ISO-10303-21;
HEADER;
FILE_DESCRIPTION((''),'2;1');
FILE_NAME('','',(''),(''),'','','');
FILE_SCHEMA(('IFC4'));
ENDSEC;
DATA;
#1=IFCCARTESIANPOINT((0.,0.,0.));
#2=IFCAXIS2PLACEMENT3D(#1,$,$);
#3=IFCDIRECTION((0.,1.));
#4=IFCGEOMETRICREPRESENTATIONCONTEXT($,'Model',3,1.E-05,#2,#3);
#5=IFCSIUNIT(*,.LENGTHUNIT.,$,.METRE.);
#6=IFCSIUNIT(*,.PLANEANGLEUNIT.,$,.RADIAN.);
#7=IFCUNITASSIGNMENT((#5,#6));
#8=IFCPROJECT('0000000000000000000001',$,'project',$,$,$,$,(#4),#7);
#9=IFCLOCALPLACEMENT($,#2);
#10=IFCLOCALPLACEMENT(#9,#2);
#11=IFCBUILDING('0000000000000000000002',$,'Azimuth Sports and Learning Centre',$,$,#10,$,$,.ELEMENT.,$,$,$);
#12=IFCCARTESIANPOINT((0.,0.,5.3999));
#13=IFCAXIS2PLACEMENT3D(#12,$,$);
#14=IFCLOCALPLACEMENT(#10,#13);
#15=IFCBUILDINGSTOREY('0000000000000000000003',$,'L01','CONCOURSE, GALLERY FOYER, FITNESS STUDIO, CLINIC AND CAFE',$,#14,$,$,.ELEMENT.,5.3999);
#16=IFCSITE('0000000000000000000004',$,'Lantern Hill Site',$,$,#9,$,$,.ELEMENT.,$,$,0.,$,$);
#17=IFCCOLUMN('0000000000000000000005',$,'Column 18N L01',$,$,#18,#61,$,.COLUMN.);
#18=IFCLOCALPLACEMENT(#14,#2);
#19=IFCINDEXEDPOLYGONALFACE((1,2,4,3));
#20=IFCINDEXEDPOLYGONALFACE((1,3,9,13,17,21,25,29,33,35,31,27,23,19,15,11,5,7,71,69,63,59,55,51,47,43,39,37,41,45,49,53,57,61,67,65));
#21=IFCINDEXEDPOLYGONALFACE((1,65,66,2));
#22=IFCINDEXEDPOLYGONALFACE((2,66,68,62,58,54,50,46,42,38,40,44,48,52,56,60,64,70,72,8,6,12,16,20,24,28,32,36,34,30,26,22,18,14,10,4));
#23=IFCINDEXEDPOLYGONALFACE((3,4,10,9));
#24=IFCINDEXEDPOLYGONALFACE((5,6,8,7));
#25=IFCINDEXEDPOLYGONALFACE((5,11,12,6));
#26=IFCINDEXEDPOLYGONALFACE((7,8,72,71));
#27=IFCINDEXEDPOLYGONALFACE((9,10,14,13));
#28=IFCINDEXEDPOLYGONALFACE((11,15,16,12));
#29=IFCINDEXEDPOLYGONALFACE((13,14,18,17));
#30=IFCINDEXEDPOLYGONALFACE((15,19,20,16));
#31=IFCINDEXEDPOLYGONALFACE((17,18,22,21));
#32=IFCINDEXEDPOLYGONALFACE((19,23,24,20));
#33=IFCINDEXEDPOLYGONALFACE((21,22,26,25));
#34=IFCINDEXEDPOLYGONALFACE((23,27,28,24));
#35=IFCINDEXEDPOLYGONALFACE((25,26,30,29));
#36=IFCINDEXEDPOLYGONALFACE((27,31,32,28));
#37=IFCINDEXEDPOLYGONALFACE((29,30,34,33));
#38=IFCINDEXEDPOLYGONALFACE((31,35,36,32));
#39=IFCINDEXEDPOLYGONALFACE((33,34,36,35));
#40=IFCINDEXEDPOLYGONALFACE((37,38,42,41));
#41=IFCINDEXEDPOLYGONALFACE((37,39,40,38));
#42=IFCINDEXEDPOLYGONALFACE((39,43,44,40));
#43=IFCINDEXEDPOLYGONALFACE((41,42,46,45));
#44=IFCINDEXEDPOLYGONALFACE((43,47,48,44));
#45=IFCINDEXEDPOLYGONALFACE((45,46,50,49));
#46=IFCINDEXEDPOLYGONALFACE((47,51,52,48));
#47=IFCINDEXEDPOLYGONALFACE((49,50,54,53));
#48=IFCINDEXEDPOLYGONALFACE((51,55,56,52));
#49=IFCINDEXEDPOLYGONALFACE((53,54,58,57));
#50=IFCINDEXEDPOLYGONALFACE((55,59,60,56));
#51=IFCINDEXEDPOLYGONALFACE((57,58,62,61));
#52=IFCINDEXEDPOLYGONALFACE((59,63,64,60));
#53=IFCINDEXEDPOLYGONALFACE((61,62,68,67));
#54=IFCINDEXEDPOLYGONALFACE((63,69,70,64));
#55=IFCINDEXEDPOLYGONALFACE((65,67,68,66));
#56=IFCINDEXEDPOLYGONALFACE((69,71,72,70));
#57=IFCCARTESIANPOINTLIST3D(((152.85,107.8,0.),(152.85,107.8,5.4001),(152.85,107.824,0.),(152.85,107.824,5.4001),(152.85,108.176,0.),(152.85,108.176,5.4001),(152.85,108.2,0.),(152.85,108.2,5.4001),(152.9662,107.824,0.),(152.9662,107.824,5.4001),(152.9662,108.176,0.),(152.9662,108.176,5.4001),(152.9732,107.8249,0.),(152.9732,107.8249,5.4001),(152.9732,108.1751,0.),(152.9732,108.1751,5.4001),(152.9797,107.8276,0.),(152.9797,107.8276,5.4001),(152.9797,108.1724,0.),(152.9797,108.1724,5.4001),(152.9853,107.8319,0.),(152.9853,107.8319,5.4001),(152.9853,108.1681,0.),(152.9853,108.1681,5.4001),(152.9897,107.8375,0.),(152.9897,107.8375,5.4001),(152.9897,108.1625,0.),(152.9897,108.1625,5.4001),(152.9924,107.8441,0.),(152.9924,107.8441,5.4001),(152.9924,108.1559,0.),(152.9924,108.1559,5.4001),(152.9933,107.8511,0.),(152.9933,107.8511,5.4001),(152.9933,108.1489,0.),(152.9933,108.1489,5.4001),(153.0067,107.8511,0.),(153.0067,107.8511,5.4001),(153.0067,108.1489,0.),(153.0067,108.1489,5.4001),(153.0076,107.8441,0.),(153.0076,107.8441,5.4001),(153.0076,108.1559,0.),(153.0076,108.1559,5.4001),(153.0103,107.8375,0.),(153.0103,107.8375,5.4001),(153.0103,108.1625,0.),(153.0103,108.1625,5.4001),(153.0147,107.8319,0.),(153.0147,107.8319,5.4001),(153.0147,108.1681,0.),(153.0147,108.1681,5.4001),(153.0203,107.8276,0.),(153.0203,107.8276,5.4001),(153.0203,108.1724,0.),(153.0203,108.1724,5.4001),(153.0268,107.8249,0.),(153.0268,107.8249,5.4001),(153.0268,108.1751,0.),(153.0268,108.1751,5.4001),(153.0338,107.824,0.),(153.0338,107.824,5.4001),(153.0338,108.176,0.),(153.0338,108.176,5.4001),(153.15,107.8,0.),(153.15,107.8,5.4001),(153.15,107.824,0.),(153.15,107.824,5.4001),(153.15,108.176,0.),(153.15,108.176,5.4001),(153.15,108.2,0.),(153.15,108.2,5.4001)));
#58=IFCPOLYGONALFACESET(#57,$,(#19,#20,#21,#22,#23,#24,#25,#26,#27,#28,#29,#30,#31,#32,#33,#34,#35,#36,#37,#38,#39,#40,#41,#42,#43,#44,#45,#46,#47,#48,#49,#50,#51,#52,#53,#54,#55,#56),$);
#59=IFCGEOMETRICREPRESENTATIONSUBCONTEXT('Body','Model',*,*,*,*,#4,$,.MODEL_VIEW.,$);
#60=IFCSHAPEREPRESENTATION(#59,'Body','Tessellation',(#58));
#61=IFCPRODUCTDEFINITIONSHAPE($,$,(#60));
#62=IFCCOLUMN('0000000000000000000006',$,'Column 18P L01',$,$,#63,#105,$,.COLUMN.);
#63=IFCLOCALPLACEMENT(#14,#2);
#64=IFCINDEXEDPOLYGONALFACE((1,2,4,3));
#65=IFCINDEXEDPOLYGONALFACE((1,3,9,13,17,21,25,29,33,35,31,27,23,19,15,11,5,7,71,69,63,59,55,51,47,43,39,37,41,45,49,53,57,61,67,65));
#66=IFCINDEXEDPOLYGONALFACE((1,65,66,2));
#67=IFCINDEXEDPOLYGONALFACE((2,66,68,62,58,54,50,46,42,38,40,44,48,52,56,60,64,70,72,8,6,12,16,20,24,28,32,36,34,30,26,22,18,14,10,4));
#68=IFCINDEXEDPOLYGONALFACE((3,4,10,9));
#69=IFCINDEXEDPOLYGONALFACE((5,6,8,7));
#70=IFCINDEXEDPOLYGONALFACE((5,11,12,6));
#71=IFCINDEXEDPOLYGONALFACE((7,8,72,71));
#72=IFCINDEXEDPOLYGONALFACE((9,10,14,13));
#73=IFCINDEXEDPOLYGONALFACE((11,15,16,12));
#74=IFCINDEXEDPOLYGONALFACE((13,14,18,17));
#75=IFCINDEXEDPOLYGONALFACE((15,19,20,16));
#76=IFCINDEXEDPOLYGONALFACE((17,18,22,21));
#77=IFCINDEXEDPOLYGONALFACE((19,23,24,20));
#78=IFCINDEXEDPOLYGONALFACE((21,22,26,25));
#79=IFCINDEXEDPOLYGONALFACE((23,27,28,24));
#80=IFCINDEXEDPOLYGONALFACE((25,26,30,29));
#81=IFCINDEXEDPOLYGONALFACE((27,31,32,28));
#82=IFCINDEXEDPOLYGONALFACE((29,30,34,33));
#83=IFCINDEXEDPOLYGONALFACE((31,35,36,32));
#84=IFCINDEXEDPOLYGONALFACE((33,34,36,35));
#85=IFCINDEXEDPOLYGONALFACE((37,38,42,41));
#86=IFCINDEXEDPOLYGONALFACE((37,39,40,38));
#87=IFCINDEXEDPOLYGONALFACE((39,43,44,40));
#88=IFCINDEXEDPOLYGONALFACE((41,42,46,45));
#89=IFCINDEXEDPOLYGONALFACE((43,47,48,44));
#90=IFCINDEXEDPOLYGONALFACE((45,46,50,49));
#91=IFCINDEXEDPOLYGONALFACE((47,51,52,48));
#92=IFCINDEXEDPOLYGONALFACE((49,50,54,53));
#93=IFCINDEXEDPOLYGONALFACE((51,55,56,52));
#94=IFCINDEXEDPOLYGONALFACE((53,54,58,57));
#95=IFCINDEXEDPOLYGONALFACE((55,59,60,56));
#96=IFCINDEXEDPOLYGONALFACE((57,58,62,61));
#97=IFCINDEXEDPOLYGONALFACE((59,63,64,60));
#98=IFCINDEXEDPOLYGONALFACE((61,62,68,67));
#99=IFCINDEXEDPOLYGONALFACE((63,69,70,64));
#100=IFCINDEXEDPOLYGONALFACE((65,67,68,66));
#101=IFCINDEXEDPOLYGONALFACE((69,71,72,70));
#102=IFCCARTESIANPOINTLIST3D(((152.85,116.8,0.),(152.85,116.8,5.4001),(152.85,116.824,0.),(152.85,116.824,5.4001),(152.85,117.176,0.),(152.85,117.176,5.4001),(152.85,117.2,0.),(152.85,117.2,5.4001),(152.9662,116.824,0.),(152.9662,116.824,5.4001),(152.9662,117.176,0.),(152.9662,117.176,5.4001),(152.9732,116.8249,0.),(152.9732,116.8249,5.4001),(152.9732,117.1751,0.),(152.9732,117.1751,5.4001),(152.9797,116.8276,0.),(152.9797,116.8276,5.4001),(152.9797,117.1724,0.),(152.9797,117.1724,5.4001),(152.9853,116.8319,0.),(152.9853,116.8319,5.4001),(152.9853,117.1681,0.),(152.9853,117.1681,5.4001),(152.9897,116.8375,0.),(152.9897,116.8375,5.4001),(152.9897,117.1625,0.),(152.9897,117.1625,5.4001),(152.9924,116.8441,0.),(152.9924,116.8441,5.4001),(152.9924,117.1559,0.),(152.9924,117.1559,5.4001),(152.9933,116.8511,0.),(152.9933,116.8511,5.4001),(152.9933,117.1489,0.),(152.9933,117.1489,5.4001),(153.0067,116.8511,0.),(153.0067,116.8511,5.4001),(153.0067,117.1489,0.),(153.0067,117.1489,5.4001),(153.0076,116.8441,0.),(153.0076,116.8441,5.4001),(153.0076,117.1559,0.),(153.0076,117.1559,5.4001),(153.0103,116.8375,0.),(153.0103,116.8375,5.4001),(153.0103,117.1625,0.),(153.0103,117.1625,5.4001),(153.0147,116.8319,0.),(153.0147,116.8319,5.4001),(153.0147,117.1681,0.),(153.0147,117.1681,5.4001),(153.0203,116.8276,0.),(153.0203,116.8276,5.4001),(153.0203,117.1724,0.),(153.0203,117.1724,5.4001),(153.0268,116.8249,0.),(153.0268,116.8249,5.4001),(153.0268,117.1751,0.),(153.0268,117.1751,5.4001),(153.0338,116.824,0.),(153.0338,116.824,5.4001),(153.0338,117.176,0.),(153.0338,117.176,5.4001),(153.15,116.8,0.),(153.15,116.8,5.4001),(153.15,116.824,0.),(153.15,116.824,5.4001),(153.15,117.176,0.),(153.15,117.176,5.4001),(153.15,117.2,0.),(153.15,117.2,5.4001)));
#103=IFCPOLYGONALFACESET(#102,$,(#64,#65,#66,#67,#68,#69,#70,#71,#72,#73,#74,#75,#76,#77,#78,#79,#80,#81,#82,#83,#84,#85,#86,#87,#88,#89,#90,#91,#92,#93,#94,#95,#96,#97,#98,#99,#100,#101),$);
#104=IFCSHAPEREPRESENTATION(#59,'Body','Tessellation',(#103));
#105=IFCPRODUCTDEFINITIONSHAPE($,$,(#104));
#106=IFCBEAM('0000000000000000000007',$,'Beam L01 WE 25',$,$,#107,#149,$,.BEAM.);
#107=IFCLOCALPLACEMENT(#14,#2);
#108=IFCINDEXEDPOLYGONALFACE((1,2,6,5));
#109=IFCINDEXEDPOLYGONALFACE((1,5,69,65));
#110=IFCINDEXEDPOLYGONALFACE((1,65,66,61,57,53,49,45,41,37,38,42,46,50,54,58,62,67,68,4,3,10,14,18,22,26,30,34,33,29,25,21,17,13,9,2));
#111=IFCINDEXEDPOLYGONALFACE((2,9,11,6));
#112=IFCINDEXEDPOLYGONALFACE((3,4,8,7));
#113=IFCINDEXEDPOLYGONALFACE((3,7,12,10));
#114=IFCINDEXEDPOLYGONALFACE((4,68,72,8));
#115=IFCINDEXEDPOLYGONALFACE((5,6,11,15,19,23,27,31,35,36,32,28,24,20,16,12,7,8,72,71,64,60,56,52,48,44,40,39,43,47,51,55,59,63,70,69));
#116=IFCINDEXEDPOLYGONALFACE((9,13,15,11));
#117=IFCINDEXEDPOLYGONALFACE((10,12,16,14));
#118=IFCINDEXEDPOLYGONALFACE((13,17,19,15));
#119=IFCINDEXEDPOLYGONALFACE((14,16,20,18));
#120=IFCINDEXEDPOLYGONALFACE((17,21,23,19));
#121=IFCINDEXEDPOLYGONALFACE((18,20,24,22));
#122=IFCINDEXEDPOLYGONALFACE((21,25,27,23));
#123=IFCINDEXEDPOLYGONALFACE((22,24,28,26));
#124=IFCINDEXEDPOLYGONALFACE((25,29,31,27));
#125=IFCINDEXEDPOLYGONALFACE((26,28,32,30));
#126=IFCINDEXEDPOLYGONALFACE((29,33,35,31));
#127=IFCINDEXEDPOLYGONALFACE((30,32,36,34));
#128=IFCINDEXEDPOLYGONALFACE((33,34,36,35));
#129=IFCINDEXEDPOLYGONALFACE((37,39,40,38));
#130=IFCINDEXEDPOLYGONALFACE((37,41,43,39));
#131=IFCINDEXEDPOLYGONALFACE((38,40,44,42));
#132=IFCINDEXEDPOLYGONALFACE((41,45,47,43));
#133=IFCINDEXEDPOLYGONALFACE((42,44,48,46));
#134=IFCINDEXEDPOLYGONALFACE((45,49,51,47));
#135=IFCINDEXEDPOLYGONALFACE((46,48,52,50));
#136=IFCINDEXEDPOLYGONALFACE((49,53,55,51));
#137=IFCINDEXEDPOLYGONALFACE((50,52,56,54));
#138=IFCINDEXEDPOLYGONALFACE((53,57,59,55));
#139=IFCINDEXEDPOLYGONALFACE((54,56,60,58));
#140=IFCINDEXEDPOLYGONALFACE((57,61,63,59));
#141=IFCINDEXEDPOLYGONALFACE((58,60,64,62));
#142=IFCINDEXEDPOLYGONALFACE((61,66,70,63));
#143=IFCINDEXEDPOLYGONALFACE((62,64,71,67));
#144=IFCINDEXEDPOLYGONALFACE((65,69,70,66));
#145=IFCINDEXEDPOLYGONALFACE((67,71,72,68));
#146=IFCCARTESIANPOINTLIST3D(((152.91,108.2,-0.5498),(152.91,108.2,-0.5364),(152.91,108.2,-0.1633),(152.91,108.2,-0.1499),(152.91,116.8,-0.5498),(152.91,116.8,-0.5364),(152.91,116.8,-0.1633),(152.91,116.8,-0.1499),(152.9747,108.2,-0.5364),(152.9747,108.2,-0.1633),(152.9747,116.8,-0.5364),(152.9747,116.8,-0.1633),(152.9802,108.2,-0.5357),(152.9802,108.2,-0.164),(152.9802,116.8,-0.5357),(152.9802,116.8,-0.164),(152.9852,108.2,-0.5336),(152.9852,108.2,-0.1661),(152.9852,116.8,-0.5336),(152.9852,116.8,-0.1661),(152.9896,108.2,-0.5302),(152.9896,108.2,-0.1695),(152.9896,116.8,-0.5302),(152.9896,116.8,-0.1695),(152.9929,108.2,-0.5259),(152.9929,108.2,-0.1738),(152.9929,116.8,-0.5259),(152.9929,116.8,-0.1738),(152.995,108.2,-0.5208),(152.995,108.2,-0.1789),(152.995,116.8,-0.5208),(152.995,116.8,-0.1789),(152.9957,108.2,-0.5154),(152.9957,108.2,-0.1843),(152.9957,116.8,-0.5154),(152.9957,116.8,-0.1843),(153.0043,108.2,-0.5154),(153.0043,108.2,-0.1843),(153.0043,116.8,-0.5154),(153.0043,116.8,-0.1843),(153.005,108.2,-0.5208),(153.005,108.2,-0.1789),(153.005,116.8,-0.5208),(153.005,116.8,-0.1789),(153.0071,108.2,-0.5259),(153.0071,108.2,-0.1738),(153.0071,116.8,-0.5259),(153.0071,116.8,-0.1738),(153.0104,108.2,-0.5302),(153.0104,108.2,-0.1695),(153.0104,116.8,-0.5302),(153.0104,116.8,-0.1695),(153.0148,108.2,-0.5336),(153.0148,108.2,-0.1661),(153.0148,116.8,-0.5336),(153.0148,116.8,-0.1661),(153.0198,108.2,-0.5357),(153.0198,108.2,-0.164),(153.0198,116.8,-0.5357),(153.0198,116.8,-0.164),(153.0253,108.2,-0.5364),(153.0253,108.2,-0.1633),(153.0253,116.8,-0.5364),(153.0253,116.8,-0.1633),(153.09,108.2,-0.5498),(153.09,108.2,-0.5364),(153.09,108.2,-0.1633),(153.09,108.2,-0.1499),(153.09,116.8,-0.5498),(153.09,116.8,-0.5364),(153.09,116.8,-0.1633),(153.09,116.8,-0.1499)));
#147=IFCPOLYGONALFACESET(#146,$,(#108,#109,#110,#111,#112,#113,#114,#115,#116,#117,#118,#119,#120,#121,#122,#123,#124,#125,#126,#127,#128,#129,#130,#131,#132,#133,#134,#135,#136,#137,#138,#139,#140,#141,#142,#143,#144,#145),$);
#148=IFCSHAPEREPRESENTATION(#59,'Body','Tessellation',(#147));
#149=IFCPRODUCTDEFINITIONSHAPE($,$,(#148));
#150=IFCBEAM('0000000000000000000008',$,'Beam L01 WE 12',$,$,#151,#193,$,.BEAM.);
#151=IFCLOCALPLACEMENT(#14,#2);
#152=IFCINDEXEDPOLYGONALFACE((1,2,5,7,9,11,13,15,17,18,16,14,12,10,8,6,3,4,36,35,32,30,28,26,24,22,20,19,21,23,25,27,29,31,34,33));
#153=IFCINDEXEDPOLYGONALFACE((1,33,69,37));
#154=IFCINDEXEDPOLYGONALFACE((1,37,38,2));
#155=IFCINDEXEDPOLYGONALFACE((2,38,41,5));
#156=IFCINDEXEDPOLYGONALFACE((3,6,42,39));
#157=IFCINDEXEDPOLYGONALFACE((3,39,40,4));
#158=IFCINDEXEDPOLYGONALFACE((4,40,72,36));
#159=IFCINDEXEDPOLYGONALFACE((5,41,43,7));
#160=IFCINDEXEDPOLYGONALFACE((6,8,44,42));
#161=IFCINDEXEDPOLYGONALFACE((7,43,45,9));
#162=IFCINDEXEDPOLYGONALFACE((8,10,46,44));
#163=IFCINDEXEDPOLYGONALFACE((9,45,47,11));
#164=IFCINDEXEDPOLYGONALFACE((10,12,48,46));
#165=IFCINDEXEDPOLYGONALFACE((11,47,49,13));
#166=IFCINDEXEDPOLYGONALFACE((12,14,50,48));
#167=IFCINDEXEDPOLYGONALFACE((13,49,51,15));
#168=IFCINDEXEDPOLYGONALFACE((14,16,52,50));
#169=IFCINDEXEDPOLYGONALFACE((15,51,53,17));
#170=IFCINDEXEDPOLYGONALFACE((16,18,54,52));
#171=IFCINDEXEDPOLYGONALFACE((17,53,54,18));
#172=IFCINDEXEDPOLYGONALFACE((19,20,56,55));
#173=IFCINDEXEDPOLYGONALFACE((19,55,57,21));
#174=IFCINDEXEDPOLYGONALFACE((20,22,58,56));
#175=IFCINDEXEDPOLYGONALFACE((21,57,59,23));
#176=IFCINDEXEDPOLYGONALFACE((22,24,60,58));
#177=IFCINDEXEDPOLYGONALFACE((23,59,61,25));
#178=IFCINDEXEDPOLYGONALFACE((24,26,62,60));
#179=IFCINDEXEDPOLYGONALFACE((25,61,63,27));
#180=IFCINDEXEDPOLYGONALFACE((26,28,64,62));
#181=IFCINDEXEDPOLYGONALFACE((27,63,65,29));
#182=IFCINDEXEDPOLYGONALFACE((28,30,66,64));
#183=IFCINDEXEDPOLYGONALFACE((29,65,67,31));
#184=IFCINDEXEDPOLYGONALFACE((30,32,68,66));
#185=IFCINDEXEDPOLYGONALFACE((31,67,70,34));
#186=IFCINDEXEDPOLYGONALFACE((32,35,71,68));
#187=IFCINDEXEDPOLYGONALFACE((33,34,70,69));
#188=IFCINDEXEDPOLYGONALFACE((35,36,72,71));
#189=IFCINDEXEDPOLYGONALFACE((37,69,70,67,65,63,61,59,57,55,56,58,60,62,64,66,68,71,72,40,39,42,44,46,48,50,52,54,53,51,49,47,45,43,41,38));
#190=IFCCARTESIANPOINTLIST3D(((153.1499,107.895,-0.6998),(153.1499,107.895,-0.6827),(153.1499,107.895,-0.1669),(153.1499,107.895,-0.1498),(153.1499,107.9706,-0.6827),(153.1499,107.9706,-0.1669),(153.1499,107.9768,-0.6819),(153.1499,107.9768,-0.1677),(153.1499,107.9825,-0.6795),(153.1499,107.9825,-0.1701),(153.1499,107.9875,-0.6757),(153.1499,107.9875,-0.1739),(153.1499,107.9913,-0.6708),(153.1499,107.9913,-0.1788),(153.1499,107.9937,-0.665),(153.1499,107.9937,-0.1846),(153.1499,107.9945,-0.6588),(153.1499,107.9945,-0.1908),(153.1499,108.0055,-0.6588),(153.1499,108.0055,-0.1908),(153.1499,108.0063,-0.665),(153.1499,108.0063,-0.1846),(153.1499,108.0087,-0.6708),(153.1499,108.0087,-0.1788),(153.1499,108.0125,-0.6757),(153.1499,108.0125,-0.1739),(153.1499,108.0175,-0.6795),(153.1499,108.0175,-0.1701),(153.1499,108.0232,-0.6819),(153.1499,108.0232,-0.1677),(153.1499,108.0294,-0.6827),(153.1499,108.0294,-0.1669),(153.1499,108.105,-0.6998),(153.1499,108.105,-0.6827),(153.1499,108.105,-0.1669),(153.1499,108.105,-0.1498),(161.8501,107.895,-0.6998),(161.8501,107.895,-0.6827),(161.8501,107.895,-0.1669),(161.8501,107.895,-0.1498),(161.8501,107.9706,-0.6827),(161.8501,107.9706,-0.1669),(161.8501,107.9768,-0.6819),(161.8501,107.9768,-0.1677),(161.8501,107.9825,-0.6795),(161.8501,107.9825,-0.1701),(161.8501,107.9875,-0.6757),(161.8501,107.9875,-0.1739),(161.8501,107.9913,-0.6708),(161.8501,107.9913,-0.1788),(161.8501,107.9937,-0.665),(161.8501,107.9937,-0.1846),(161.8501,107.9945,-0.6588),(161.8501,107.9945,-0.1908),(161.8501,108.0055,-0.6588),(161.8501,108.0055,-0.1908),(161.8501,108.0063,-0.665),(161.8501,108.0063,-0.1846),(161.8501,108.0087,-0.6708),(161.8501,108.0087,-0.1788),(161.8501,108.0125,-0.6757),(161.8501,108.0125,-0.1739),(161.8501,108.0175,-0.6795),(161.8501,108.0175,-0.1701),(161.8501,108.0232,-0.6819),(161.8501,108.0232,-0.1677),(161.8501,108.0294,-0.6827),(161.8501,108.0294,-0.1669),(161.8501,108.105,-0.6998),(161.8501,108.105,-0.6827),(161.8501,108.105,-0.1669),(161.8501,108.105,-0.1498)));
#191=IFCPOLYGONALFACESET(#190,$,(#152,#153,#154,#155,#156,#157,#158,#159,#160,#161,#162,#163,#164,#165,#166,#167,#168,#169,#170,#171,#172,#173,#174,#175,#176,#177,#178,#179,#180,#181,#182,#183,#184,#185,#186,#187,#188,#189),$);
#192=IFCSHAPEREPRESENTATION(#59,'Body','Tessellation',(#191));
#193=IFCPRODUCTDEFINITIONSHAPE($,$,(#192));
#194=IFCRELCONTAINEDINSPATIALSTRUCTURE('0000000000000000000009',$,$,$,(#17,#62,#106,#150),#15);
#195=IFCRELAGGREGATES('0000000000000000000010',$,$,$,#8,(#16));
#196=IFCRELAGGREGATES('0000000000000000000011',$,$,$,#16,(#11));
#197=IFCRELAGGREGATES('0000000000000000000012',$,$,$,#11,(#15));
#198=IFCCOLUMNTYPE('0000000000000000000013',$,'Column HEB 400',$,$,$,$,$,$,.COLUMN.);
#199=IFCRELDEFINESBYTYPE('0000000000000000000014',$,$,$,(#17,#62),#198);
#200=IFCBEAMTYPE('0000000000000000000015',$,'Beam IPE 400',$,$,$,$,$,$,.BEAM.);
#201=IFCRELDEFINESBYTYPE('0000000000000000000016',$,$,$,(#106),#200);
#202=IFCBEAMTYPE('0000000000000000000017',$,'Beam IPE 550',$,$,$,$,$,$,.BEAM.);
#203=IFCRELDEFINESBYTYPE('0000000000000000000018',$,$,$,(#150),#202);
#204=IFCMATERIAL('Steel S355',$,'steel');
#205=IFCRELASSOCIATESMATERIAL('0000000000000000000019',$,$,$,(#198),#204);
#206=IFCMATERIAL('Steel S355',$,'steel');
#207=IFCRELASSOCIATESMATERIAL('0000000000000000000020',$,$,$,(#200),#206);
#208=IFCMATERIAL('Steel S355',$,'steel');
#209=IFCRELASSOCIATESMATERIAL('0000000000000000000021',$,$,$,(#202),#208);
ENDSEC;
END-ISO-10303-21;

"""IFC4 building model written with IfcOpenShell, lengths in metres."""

from ifc_helpers import new_model, si_unit, direction, frame, origin, origin_2d, place, context, subcontext, project, spatial, i_section, extrude, material, material_profile, profile_set, type_object, element, save


model = new_model("IFC4")

# Units and contexts
model_context = context("Model", 3, precision=1e-05, world=origin(), true_north=direction((0.0, 1.0)))
body_context = subcontext(model_context, "Body", "Model", "MODEL_VIEW")
ifc_project = project(units=[si_unit("LENGTHUNIT", "METRE"), si_unit("PLANEANGLEUNIT", "RADIAN")], contexts=[model_context])

# Site, building, storey
site_placement = place(None, origin())
site = spatial("IfcSite", under=ifc_project, at=site_placement, Name="Lantern Hill Site", CompositionType="ELEMENT", RefElevation=0.0)
building_placement = place(site_placement, origin())
building = spatial("IfcBuilding", under=site, at=building_placement, Name="Azimuth Sports and Learning Centre", CompositionType="ELEMENT")
storey_placement = place(building_placement, frame((0.0, 0.0, 5.3999)))
storey = spatial("IfcBuildingStorey", under=building, at=storey_placement, Name="L01", Description="CONCOURSE, GALLERY FOYER, FITNESS STUDIO, CLINIC AND CAFE", CompositionType="ELEMENT", Elevation=5.3999)

# Columns
ifc_material_1 = material(Name="Steel S355", Category="steel")
ifc_material_profile_1 = material_profile(ifc_material_1, i_section(OverallWidth=0.3, OverallDepth=0.3999, WebThickness=0.0134, FlangeThickness=0.0239, FilletRadius=0.0271, at=origin_2d()), Name="HEB 400")
ifc_profile_set_1 = profile_set([ifc_material_profile_1], Name="Steel S355")
column_type = type_object("IfcColumnType", Name="Column HEB 400", PredefinedType="COLUMN", material=ifc_profile_set_1)
for number, where, z_axis, x_axis, name in (
    (1, (153.0, 108.0, 0.0), (0.0, 0.0, 1.0), (1.0, 0.0, 0.0), "Column 18N L01"),
    (2, (153.0, 117.0, 0.0), (0.0, 0.0, 1.0), (1.0, 0.0, 0.0), "Column 18P L01"),
):
    element("IfcColumn", number, at=place(storey_placement, frame(where, z_axis=z_axis, x_axis=x_axis)), inside=storey, type_object=column_type, Name=name, PredefinedType="COLUMN", context=body_context, shape_type="SweptSolid", body=[
        extrude(i_section(OverallWidth=0.3, OverallDepth=0.3999, WebThickness=0.0134, FlangeThickness=0.0239, FilletRadius=0.0271, at=origin_2d()), origin(), (0.0, 0.0, 1.0), 5.4001),
    ])

# Beams
ifc_material_2 = material(Name="Steel S355", Category="steel")
ifc_material_profile_2 = material_profile(ifc_material_2, i_section(OverallWidth=0.1799, OverallDepth=0.3999, WebThickness=0.0085, FlangeThickness=0.0134, FilletRadius=0.021, at=origin_2d()), Name="IPE 400")
ifc_profile_set_2 = profile_set([ifc_material_profile_2], Name="Steel S355")
beam_type_1 = type_object("IfcBeamType", Name="Beam IPE 400", PredefinedType="BEAM", material=ifc_profile_set_2)
beam_1_placement = place(storey_placement, frame((153.0, 108.2, -0.3499), z_axis=(0.0, 1.0, 0.0), x_axis=(-1.0, 0.0, 0.0)))
element("IfcBeam", 3, at=beam_1_placement, inside=storey, type_object=beam_type_1, Name="Beam L01 WE 25", PredefinedType="BEAM", context=body_context, shape_type="SweptSolid", body=[
    extrude(i_section(OverallWidth=0.1799, OverallDepth=0.3999, WebThickness=0.0085, FlangeThickness=0.0134, FilletRadius=0.021, at=origin_2d()), origin(), (0.0, 0.0, 1.0), 8.6001),
])
ifc_material_3 = material(Name="Steel S355", Category="steel")
ifc_material_profile_3 = material_profile(ifc_material_3, i_section(OverallWidth=0.21, OverallDepth=0.55, WebThickness=0.011, FlangeThickness=0.0171, FilletRadius=0.0239, at=origin_2d()), Name="IPE 550")
ifc_profile_set_3 = profile_set([ifc_material_profile_3], Name="Steel S355")
beam_type_2 = type_object("IfcBeamType", Name="Beam IPE 550", PredefinedType="BEAM", material=ifc_profile_set_3)
beam_2_placement = place(storey_placement, frame((153.1499, 108.0, -0.4248), z_axis=(1.0, 0.0, 0.0), x_axis=(0.0, 1.0, 0.0)))
element("IfcBeam", 4, at=beam_2_placement, inside=storey, type_object=beam_type_2, Name="Beam L01 WE 12", PredefinedType="BEAM", context=body_context, shape_type="SweptSolid", body=[
    extrude(i_section(OverallWidth=0.21, OverallDepth=0.55, WebThickness=0.011, FlangeThickness=0.0171, FilletRadius=0.0239, at=origin_2d()), origin(), (0.0, 0.0, 1.0), 8.7002),
])

save(model, "model.ifc")
